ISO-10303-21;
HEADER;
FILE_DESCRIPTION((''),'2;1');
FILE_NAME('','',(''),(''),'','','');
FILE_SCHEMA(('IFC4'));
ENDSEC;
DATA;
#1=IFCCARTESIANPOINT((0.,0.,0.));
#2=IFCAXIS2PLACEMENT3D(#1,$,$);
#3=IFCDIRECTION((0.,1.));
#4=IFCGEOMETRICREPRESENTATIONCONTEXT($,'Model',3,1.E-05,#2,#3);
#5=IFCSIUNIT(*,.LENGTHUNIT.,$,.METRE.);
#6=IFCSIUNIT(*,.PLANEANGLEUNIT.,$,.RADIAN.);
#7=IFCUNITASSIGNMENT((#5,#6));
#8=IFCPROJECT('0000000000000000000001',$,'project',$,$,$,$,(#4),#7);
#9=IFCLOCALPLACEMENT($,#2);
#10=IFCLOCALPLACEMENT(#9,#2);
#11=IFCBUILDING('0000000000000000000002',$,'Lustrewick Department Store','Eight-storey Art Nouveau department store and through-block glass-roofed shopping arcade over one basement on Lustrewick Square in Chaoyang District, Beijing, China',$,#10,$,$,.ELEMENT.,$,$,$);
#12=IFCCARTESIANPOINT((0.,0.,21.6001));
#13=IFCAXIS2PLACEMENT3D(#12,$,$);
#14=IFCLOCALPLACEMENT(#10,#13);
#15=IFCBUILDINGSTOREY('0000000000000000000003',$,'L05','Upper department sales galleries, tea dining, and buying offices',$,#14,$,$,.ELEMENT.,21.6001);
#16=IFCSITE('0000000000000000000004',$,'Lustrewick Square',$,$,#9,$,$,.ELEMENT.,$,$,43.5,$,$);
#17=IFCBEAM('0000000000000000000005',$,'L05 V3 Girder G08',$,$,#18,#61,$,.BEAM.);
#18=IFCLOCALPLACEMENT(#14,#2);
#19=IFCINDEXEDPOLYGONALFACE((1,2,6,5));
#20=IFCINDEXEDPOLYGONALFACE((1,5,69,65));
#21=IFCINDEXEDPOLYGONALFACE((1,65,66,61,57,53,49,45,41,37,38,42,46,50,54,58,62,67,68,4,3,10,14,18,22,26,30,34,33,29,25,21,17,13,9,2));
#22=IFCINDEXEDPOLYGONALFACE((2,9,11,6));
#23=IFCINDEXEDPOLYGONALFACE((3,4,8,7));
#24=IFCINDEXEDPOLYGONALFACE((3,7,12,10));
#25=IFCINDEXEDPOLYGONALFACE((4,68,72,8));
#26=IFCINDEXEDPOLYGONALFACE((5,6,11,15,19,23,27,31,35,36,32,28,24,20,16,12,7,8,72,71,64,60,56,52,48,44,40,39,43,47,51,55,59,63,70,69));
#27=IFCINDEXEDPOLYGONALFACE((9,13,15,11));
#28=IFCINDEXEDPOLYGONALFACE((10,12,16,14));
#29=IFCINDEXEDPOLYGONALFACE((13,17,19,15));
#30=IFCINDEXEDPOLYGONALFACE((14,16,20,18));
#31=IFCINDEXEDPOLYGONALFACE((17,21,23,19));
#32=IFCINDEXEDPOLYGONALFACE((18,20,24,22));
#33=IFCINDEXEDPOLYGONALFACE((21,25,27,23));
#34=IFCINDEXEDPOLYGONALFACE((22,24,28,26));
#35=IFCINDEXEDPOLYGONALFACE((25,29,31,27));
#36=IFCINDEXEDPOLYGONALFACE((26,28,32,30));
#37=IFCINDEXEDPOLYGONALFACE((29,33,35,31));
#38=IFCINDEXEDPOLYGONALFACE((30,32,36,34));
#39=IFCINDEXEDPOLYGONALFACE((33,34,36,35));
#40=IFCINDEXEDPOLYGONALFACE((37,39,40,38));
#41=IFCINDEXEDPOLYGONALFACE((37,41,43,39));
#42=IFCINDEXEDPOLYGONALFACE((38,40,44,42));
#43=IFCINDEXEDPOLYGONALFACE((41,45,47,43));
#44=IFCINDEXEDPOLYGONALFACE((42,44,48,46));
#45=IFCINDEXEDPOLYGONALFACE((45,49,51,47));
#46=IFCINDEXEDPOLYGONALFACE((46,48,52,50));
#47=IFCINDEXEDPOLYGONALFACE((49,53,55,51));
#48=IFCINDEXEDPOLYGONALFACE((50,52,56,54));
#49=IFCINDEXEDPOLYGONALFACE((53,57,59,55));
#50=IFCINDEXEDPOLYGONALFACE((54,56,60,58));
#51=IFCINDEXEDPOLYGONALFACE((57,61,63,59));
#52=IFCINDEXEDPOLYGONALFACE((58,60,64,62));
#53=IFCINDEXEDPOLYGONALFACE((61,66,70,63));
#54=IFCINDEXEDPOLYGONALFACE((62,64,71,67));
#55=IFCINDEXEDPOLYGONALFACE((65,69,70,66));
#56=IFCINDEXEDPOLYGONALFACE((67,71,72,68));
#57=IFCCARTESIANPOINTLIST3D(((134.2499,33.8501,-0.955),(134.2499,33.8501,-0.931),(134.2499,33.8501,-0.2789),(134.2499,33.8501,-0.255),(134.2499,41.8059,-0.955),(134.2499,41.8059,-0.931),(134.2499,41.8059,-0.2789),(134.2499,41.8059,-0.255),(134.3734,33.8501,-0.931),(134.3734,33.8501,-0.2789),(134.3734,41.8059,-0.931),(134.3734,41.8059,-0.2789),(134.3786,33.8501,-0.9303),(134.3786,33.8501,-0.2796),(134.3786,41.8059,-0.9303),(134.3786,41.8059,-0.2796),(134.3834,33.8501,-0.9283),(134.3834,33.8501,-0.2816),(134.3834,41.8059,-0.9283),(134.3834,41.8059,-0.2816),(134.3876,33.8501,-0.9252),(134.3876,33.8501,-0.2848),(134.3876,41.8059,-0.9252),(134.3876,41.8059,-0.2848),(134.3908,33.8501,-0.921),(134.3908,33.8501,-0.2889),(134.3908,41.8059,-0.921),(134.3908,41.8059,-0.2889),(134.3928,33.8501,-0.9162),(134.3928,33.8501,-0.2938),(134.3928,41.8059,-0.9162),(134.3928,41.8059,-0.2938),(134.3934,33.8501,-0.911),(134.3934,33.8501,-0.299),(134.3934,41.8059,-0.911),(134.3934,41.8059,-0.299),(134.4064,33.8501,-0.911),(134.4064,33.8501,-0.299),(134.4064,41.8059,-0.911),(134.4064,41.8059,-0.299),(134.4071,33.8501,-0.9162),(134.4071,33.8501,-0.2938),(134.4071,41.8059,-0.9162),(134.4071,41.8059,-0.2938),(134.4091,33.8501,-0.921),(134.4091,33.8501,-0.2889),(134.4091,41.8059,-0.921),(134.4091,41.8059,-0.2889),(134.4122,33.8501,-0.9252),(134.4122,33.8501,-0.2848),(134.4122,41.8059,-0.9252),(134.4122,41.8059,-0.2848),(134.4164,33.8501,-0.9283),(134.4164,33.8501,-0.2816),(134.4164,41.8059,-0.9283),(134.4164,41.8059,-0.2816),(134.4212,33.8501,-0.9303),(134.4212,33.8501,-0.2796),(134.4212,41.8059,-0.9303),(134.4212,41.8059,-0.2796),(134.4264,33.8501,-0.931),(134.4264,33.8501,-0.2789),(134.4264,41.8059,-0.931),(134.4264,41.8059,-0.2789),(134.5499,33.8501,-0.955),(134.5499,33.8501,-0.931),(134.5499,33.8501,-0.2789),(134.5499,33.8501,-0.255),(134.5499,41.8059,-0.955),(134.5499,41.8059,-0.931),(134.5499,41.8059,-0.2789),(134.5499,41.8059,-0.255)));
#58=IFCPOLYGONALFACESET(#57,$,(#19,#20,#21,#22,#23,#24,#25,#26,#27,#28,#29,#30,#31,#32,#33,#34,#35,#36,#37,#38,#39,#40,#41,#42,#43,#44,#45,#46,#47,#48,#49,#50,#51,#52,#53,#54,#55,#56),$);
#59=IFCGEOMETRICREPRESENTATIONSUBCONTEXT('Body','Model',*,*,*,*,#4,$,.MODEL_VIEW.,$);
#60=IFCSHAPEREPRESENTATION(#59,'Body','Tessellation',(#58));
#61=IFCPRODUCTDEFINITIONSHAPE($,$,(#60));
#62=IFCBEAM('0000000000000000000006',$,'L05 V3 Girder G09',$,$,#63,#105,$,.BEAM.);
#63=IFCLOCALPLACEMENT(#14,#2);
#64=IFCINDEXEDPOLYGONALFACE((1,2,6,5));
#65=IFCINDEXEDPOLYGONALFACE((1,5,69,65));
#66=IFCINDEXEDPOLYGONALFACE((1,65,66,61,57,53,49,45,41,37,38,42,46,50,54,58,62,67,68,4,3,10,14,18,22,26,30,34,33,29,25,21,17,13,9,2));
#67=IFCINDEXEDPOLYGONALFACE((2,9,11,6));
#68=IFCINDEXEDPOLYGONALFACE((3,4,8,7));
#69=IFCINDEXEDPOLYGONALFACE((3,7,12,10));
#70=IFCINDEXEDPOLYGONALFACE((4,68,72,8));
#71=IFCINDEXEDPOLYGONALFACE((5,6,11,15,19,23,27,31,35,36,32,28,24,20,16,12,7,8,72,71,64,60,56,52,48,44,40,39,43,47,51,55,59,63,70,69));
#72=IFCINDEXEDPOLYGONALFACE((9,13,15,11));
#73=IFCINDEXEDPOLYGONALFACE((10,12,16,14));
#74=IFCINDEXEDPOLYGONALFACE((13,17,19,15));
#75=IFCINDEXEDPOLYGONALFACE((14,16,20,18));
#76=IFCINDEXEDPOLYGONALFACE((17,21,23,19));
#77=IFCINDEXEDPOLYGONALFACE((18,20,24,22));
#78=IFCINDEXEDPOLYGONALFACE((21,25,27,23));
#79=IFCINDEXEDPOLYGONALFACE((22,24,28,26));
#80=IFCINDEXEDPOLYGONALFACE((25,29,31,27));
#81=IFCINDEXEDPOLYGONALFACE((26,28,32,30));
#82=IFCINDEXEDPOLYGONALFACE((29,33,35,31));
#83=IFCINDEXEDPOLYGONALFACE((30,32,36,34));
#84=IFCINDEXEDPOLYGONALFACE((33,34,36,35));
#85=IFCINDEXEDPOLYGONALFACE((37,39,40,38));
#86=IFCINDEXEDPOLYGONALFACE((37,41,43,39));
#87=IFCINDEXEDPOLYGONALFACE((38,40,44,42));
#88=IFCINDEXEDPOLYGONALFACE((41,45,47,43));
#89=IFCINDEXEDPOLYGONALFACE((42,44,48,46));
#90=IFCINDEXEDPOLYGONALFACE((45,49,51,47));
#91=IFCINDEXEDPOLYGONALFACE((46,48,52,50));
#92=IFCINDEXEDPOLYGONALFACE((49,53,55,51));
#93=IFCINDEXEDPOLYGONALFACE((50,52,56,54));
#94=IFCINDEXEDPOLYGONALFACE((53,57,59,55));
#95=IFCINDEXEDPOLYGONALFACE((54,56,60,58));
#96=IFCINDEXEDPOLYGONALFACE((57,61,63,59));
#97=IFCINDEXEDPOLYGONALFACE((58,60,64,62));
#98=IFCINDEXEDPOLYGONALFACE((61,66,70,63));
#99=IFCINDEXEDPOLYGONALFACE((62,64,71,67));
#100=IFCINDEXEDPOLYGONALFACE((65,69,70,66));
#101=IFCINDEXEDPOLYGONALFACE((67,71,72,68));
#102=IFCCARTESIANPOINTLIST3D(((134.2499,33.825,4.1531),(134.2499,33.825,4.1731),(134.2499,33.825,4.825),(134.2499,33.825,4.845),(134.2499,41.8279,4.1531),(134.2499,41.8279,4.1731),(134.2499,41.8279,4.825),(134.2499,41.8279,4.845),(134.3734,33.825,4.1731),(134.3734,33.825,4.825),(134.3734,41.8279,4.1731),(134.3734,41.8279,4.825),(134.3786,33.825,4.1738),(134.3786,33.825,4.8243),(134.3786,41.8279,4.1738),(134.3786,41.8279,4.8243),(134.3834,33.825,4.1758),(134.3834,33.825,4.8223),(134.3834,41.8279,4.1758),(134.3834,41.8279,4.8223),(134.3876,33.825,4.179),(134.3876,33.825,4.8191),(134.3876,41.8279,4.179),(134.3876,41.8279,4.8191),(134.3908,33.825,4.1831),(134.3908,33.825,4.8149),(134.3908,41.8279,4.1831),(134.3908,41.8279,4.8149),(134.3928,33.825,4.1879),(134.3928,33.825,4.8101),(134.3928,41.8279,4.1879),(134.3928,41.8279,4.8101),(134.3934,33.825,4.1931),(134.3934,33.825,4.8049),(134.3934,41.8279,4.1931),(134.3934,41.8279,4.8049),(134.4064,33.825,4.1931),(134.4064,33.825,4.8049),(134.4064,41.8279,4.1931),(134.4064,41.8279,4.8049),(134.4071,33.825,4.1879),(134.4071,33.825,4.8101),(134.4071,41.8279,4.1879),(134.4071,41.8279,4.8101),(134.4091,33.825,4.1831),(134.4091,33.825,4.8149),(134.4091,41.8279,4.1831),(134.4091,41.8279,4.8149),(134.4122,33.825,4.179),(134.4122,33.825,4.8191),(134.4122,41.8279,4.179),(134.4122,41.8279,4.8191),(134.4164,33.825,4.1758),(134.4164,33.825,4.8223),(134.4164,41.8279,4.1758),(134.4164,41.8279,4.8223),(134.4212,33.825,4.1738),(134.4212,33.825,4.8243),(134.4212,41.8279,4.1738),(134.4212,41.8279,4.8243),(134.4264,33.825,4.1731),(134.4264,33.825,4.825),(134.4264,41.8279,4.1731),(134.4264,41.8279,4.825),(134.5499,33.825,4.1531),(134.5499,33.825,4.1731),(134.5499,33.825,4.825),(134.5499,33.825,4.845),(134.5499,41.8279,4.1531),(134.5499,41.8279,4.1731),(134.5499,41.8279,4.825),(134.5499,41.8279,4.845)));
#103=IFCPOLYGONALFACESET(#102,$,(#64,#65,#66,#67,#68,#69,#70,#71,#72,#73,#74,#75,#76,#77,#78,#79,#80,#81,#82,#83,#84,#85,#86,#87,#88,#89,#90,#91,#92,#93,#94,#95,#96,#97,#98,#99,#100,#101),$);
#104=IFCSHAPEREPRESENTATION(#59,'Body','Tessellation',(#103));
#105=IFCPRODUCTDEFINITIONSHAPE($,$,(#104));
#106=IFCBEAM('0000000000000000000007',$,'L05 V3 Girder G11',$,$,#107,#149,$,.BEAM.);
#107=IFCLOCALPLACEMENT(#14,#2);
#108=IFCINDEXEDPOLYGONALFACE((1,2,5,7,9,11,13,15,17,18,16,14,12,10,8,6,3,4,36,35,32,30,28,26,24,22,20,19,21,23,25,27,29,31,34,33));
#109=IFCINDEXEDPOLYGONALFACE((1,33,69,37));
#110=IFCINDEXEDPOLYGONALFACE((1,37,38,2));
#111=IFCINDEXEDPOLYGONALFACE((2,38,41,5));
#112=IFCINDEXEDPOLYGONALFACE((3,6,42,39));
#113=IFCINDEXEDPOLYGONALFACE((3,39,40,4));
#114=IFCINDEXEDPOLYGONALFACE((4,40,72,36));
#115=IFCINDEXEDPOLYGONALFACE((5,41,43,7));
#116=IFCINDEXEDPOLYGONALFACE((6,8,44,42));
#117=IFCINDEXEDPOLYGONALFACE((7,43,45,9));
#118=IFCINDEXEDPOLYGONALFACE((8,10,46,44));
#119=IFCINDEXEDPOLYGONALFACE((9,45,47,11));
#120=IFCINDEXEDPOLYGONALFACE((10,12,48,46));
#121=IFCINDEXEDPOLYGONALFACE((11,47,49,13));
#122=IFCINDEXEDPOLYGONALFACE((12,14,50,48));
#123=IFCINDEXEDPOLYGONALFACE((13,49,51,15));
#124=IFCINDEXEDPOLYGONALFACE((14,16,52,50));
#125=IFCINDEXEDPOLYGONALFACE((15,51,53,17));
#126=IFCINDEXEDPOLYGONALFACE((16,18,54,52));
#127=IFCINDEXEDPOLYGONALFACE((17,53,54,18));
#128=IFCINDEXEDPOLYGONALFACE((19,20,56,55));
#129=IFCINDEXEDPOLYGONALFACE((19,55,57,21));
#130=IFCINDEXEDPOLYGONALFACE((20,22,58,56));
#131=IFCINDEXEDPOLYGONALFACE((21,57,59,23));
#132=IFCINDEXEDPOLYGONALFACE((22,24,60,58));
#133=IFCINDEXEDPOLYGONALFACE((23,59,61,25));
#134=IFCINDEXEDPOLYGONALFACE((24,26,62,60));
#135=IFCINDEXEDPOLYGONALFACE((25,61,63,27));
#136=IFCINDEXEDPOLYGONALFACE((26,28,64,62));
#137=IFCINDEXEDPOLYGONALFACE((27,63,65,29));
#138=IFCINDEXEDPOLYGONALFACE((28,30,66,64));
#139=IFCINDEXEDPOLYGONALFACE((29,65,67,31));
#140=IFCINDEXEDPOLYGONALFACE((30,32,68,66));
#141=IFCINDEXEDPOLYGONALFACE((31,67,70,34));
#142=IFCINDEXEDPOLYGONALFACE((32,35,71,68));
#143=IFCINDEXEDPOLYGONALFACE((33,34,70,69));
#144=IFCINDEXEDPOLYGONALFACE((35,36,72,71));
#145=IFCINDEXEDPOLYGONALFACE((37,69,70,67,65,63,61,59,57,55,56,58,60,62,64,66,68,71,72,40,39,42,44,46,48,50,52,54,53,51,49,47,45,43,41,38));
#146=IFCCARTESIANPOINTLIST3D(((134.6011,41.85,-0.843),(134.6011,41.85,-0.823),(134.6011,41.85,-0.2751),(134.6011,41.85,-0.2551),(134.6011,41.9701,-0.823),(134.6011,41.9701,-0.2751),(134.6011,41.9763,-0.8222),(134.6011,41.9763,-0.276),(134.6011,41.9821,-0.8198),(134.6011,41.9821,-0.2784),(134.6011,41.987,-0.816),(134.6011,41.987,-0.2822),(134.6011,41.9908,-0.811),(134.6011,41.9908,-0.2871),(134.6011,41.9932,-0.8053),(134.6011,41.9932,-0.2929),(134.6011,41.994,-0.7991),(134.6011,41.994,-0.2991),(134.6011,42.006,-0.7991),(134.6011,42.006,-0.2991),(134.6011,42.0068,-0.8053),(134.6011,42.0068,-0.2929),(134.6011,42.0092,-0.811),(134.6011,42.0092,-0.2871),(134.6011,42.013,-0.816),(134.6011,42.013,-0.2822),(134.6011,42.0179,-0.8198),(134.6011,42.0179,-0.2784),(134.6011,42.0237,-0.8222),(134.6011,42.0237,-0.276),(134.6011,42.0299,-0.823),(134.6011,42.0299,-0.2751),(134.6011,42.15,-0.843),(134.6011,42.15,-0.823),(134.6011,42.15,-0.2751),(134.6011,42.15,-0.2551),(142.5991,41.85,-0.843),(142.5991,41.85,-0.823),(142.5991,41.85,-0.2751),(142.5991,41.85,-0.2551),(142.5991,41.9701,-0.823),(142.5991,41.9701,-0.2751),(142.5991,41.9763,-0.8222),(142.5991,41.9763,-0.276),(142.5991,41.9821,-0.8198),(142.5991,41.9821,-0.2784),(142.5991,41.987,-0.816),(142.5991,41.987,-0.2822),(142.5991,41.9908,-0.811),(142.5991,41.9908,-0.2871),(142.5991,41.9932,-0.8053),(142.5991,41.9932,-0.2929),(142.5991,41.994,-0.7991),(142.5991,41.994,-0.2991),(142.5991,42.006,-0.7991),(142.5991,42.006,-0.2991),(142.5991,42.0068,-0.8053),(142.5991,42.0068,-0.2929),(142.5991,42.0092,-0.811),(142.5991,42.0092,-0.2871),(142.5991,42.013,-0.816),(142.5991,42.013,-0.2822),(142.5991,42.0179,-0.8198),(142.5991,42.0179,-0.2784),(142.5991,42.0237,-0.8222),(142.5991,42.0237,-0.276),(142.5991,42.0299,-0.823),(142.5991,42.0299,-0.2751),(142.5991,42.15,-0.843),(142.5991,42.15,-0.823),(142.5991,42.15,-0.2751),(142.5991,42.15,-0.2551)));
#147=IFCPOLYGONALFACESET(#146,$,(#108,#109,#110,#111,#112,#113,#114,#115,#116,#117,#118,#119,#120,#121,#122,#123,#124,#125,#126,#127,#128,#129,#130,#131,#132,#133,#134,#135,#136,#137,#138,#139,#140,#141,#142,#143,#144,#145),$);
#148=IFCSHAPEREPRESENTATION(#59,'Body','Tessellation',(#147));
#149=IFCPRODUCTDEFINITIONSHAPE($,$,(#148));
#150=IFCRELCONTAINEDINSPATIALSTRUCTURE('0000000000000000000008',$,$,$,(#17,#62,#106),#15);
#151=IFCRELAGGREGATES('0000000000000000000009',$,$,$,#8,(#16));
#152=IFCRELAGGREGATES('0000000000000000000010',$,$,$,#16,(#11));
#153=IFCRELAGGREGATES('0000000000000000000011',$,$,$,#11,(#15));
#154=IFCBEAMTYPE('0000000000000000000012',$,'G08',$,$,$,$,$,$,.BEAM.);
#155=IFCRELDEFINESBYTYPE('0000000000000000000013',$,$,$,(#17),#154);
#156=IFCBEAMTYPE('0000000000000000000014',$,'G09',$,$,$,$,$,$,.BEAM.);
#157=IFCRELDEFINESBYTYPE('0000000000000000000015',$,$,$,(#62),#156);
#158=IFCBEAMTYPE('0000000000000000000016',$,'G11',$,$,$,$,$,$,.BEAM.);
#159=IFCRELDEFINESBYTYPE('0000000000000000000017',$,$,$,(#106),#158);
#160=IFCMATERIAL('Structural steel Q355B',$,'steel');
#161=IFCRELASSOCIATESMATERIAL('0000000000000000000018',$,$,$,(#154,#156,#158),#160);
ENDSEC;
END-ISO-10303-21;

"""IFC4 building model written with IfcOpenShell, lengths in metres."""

from ifc_helpers import new_model, si_unit, direction, frame, origin, origin_2d, place, context, subcontext, project, spatial, i_section, extrude, material, material_profile, profile_set, type_object, element, save


model = new_model("IFC4")

# Units and contexts
model_context = context("Model", 3, precision=1e-05, world=origin(), true_north=direction((0.0, 1.0)))
body_context = subcontext(model_context, "Body", "Model", "MODEL_VIEW")
ifc_project = project(units=[si_unit("LENGTHUNIT", "METRE"), si_unit("PLANEANGLEUNIT", "RADIAN")], contexts=[model_context])

# Site, building, storey
site_placement = place(None, origin())
site = spatial("IfcSite", under=ifc_project, at=site_placement, Name="Lustrewick Square", CompositionType="ELEMENT", RefElevation=43.5)
building_placement = place(site_placement, origin())
building = spatial("IfcBuilding", under=site, at=building_placement, Name="Lustrewick Department Store", Description="Eight-storey Art Nouveau department store and through-block glass-roofed shopping arcade over one basement on Lustrewick Square in Chaoyang District, Beijing, China", CompositionType="ELEMENT")
storey_placement = place(building_placement, frame((0.0, 0.0, 21.6001)))
storey = spatial("IfcBuildingStorey", under=building, at=storey_placement, Name="L05", Description="Upper department sales galleries, tea dining, and buying offices", CompositionType="ELEMENT", Elevation=21.6001)

# Shared definitions
ifc_material_1 = material(Name="Structural steel Q355B", Category="steel")

# Beams
ifc_material_profile_1 = material_profile(ifc_material_1, i_section(OverallWidth=0.3, OverallDepth=0.7, WebThickness=0.0129, FlangeThickness=0.0239, FilletRadius=0.02, at=origin_2d()), Name="HN 700x300x13x24")
ifc_profile_set_1 = profile_set([ifc_material_profile_1], Name="Structural steel Q355B")
beam_type_1 = type_object("IfcBeamType", Name="G08", PredefinedType="BEAM", material=ifc_profile_set_1)
beam_1_placement = place(storey_placement, frame((134.3999, 33.8501, -0.605), z_axis=(0.0, 1.0, 0.0), x_axis=(-1.0, 0.0, 0.0)))
element("IfcBeam", 1, at=beam_1_placement, inside=storey, type_object=beam_type_1, Name="L05 V3 Girder G08", PredefinedType="BEAM", context=body_context, shape_type="SweptSolid", body=[
    extrude(i_section(OverallWidth=0.3, OverallDepth=0.7, WebThickness=0.0129, FlangeThickness=0.0239, FilletRadius=0.02, at=origin_2d()), origin(), (0.0, 0.0, 1.0), 7.9558),
])
ifc_material_profile_2 = material_profile(ifc_material_1, i_section(OverallWidth=0.3, OverallDepth=0.6919, WebThickness=0.0129, FlangeThickness=0.02, FilletRadius=0.02, at=origin_2d()), Name="HN 692x300x13x20")
ifc_profile_set_2 = profile_set([ifc_material_profile_2], Name="Structural steel Q355B")
beam_type_2 = type_object("IfcBeamType", Name="G09", PredefinedType="BEAM", material=ifc_profile_set_2)
beam_2_placement = place(storey_placement, frame((134.3999, 33.825, 4.499), z_axis=(0.0, 1.0, 0.0), x_axis=(-1.0, 0.0, 0.0)))
element("IfcBeam", 2, at=beam_2_placement, inside=storey, type_object=beam_type_2, Name="L05 V3 Girder G09", PredefinedType="BEAM", context=body_context, shape_type="SweptSolid", body=[
    extrude(i_section(OverallWidth=0.3, OverallDepth=0.6919, WebThickness=0.0129, FlangeThickness=0.02, FilletRadius=0.02, at=origin_2d()), origin(), (0.0, 0.0, 1.0), 8.0029),
])
ifc_material_profile_3 = material_profile(ifc_material_1, i_section(OverallWidth=0.3, OverallDepth=0.5879, WebThickness=0.012, FlangeThickness=0.02, FilletRadius=0.0239, at=origin_2d()), Name="HM 588x300x12x20")
ifc_profile_set_3 = profile_set([ifc_material_profile_3], Name="Structural steel Q355B")
beam_type_3 = type_object("IfcBeamType", Name="G11", PredefinedType="BEAM", material=ifc_profile_set_3)
beam_3_placement = place(storey_placement, frame((134.6011, 42.0, -0.5491), z_axis=(1.0, 0.0, 0.0), x_axis=(0.0, 1.0, 0.0)))
element("IfcBeam", 3, at=beam_3_placement, inside=storey, type_object=beam_type_3, Name="L05 V3 Girder G11", PredefinedType="BEAM", context=body_context, shape_type="SweptSolid", body=[
    extrude(i_section(OverallWidth=0.3, OverallDepth=0.5879, WebThickness=0.012, FlangeThickness=0.02, FilletRadius=0.0239, at=origin_2d()), origin(), (0.0, 0.0, 1.0), 7.998),
])

save(model, "model.ifc")
